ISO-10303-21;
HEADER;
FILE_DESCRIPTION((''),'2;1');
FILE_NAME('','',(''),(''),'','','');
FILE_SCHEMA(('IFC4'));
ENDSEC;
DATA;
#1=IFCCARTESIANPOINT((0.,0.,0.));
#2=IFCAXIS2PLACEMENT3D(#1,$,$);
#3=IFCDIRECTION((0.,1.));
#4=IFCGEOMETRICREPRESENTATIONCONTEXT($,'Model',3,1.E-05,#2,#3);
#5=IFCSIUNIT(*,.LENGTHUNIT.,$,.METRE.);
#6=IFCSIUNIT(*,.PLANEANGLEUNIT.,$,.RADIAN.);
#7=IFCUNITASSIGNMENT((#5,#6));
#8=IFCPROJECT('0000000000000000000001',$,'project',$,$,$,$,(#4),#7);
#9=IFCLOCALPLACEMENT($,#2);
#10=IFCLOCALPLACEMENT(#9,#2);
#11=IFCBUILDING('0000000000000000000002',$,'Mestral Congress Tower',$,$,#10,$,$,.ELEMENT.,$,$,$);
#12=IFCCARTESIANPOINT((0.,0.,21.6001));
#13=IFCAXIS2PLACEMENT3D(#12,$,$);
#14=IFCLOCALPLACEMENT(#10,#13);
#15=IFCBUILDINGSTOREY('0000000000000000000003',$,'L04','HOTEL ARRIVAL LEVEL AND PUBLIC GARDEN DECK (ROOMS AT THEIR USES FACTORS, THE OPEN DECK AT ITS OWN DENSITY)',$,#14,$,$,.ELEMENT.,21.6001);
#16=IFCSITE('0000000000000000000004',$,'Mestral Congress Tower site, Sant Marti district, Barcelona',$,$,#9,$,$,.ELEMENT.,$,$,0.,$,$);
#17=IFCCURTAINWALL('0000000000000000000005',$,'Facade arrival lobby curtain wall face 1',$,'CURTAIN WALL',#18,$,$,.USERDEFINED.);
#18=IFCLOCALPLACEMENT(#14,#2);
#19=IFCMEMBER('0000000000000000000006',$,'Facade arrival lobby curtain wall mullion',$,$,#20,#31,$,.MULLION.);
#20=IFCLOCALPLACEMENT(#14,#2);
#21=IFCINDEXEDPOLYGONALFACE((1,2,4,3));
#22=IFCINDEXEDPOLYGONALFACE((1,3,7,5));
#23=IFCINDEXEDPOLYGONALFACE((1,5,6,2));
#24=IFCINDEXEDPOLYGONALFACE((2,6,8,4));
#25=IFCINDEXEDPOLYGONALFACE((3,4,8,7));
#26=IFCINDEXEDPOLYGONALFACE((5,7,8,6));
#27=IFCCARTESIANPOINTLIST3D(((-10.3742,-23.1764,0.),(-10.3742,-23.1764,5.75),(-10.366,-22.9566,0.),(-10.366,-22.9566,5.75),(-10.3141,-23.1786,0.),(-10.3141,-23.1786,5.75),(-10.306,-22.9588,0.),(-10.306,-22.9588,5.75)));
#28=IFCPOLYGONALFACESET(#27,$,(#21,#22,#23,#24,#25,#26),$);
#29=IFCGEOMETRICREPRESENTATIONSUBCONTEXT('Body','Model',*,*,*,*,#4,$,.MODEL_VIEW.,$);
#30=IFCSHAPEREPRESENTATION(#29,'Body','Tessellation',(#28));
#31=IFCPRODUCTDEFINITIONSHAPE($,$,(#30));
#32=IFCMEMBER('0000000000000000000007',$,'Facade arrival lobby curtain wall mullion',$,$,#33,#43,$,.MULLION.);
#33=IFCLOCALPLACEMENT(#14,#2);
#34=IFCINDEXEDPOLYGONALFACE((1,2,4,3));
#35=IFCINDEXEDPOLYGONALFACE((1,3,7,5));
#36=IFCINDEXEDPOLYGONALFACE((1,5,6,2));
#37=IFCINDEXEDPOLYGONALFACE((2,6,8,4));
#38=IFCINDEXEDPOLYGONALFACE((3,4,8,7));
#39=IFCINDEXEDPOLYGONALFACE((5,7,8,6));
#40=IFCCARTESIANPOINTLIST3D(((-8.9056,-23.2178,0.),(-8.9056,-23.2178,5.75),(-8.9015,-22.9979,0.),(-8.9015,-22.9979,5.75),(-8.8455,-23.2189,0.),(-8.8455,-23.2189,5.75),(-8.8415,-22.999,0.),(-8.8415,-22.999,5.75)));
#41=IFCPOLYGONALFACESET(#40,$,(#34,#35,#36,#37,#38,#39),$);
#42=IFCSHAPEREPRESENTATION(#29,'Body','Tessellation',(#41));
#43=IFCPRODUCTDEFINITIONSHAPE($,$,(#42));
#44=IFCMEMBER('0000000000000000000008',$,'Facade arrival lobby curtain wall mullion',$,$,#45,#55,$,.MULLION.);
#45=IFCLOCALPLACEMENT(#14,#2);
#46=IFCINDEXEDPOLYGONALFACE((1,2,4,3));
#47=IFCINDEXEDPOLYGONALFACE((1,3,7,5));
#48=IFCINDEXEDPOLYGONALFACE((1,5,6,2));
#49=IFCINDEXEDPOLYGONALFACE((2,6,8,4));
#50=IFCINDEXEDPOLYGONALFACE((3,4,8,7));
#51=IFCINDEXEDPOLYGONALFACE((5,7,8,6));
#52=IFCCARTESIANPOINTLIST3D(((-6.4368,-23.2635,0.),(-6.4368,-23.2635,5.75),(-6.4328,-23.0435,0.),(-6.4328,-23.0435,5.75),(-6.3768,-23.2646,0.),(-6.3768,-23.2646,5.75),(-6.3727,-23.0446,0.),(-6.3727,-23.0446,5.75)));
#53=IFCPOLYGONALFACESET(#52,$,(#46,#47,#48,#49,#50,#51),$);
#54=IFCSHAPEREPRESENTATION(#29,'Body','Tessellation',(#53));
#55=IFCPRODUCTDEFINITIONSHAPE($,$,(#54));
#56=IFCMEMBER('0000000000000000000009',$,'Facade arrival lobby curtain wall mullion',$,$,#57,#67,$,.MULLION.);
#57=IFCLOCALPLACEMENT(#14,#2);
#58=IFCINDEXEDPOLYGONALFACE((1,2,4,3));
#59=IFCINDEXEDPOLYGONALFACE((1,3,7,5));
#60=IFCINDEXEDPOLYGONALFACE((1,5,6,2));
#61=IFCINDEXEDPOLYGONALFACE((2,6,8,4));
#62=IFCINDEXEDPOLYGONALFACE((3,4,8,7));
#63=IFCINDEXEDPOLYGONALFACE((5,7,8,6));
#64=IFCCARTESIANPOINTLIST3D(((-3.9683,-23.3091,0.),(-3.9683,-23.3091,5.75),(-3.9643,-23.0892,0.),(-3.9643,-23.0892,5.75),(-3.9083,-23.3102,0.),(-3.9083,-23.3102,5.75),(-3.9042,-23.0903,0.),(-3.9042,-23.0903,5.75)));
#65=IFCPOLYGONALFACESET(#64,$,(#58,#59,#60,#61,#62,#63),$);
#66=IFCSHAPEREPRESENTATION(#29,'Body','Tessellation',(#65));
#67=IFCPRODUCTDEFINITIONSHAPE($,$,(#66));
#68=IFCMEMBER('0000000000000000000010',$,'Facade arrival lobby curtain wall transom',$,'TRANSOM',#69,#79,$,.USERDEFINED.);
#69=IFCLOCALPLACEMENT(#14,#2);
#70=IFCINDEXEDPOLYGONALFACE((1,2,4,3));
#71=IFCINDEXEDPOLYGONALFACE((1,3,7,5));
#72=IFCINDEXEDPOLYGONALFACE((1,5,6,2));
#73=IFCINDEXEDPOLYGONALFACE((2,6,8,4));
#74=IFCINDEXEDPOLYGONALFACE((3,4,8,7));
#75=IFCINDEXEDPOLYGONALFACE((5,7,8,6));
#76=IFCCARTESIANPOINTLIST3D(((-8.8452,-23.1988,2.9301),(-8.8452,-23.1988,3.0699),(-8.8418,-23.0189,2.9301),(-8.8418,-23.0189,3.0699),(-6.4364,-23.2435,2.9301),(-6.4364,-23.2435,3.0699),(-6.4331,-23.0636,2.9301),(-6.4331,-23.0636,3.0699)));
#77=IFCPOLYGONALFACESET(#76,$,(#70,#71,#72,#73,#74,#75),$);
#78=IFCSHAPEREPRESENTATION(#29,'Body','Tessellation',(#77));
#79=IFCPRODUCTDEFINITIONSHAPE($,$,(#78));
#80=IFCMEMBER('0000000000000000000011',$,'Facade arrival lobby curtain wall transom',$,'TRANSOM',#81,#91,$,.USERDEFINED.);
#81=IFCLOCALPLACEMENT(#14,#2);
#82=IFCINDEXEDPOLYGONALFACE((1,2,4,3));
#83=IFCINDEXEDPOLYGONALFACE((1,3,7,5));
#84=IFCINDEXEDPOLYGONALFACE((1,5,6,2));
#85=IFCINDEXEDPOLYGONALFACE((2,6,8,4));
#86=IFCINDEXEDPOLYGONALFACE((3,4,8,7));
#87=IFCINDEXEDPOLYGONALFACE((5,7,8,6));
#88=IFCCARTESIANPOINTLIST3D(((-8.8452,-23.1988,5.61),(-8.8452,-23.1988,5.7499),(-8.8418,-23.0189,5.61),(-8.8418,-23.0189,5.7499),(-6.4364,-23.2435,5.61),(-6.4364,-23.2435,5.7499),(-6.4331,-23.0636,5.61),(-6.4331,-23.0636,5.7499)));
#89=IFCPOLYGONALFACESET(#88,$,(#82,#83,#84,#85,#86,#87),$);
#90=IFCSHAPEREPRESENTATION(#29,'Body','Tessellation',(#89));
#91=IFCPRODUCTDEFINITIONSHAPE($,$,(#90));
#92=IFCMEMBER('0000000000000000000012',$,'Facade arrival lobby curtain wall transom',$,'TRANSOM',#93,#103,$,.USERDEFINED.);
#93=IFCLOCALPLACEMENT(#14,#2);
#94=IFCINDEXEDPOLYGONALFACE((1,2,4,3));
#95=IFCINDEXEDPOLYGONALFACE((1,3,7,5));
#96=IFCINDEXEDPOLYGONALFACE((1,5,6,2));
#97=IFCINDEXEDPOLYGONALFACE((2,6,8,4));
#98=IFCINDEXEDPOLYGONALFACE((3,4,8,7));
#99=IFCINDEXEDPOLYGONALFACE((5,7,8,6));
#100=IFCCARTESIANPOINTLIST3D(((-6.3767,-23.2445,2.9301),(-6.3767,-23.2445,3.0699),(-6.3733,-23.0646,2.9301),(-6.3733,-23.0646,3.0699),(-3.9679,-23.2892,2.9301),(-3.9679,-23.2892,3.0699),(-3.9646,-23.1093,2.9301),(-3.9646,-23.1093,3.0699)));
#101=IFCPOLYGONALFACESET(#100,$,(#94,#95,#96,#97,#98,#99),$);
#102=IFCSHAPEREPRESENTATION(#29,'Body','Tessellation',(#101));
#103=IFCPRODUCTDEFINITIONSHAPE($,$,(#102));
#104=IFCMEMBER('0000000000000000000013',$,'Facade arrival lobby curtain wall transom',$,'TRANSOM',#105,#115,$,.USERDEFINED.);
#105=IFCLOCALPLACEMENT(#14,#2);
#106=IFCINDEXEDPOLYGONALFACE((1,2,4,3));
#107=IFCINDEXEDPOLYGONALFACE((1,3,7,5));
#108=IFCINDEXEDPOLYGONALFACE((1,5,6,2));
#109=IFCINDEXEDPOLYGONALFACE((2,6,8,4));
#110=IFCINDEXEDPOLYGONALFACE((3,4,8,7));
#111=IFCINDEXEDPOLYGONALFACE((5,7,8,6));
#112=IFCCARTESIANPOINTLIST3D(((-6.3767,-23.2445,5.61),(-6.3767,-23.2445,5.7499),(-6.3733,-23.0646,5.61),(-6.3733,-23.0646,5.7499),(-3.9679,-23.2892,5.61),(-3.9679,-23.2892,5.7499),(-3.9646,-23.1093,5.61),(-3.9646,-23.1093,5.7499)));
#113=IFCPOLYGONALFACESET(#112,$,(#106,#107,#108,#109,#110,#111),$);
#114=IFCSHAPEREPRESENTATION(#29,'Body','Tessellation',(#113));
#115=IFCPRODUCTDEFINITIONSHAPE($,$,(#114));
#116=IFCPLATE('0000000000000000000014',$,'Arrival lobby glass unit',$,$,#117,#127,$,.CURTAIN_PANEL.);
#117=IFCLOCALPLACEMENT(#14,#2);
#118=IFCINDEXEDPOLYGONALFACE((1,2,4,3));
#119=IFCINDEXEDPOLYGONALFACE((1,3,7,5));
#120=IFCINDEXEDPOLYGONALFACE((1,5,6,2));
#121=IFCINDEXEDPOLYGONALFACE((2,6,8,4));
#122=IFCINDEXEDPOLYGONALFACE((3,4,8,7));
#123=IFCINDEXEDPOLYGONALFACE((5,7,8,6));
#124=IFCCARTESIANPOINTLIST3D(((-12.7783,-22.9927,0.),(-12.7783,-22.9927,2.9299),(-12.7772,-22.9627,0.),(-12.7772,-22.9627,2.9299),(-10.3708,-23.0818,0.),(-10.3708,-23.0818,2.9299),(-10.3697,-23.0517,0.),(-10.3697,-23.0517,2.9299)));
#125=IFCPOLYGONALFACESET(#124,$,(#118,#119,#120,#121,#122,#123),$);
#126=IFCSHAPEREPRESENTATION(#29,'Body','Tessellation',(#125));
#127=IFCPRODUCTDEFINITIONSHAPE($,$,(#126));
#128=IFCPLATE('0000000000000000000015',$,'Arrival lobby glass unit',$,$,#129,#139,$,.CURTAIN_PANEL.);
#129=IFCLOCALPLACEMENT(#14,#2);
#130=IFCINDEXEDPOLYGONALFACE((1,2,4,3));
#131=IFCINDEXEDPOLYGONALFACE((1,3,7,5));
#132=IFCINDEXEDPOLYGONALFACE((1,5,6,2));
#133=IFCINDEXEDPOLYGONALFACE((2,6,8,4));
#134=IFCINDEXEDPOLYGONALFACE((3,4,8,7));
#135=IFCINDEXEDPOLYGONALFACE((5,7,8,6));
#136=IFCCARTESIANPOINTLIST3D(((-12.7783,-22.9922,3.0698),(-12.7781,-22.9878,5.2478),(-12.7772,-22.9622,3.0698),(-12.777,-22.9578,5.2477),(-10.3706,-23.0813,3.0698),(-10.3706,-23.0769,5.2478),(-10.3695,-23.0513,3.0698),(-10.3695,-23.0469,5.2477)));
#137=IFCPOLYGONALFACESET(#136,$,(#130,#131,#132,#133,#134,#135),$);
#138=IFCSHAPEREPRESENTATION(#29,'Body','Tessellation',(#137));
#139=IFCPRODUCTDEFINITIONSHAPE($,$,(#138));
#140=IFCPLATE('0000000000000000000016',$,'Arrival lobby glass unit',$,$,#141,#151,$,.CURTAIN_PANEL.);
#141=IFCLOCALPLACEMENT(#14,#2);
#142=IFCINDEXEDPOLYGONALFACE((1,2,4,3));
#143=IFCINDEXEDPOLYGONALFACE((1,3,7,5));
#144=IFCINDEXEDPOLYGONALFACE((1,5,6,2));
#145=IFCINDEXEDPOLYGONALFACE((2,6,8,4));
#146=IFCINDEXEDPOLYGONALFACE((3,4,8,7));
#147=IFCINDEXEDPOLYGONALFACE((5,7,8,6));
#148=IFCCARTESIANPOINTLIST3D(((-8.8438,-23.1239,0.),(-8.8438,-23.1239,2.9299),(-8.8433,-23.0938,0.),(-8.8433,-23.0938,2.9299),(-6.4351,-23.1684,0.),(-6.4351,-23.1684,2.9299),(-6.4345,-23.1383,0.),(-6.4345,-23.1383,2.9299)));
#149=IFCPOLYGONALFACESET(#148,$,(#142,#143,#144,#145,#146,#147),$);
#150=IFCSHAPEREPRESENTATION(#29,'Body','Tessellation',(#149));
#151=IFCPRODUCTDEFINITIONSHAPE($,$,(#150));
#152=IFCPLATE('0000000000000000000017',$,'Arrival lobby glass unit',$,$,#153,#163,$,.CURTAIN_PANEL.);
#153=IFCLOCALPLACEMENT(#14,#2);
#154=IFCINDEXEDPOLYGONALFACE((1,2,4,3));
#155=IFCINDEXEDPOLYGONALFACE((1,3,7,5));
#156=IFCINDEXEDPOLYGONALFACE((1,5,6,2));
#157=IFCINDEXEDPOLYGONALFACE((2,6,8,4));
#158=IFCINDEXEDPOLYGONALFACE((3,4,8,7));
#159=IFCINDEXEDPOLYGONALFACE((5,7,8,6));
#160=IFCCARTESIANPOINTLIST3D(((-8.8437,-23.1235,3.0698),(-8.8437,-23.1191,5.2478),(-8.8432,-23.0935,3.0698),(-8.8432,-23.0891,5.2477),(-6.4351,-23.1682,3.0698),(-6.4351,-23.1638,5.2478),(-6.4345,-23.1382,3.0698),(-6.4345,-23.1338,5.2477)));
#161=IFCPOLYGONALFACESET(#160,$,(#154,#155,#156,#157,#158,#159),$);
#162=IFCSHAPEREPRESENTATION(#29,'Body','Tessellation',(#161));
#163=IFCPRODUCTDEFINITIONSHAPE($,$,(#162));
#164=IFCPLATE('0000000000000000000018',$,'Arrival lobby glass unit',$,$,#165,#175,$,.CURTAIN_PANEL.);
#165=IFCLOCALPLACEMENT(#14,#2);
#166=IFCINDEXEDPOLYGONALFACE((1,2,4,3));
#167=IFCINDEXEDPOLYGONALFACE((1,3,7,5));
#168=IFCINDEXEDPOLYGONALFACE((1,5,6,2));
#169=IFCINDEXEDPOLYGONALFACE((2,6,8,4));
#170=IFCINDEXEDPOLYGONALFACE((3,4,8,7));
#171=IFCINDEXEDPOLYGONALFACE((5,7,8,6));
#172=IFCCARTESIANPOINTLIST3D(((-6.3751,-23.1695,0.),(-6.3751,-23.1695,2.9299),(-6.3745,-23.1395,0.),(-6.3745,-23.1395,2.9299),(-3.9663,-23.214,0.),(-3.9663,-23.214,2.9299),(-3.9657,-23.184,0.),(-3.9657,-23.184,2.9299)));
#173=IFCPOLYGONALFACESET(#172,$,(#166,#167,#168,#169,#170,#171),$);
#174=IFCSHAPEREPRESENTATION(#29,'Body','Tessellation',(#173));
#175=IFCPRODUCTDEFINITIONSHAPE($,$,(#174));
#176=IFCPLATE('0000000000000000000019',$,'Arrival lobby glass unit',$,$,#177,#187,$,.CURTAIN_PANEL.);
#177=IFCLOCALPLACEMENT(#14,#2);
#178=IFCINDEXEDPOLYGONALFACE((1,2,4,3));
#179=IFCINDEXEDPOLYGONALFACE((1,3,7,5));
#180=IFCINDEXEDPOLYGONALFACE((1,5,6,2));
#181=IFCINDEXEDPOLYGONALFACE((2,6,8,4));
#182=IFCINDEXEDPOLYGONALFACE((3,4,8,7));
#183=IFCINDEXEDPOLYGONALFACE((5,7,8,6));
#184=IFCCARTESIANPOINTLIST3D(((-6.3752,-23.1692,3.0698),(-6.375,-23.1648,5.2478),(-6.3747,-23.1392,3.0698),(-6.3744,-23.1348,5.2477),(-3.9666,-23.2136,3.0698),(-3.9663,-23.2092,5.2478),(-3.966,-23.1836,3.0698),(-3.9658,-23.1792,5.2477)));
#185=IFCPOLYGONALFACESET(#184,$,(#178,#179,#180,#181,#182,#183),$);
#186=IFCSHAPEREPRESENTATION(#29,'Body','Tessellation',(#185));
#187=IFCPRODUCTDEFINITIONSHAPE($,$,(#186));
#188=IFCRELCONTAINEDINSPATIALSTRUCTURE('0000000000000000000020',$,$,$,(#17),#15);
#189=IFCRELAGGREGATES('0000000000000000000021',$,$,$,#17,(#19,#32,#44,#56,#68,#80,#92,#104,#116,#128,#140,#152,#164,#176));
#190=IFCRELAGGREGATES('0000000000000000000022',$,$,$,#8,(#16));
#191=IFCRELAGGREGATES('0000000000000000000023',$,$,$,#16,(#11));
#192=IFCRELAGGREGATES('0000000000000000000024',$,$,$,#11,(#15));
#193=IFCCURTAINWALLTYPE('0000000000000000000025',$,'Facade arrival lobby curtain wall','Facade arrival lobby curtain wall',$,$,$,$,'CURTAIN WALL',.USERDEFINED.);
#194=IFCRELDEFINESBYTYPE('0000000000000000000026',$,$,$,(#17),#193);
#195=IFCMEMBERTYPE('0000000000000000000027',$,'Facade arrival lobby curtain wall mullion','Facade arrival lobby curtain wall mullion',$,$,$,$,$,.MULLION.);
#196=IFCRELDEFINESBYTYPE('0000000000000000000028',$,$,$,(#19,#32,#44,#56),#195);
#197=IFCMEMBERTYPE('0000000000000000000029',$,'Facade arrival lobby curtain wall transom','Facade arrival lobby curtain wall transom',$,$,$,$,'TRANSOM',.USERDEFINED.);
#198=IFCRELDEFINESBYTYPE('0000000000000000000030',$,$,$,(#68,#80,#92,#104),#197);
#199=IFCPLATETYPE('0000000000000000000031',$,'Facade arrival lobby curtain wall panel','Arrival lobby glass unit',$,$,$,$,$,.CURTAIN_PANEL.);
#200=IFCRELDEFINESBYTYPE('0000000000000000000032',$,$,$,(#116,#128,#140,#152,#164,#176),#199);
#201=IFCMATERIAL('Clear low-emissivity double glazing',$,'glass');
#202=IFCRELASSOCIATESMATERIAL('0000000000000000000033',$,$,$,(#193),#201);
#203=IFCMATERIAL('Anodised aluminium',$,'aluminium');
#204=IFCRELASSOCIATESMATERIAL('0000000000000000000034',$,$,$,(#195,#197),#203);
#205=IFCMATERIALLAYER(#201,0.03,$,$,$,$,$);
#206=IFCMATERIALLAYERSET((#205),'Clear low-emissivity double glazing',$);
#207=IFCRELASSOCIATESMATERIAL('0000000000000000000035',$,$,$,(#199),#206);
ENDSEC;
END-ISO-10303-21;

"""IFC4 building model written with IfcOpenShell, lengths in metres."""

from ifc_helpers import new_model, si_unit, direction, frame, origin, origin_2d, place, context, subcontext, project, spatial, polyline, rectangle, outline, extrude, material, layer, layer_set, material_profile, profile_set, type_object, element, aggregate, save


model = new_model("IFC4")

# Units and contexts
model_context = context("Model", 3, precision=1e-05, world=origin(), true_north=direction((0.0, 1.0)))
body_context = subcontext(model_context, "Body", "Model", "MODEL_VIEW")
ifc_project = project(units=[si_unit("LENGTHUNIT", "METRE"), si_unit("PLANEANGLEUNIT", "RADIAN")], contexts=[model_context])

# Site, building, storey
site_placement = place(None, origin())
site = spatial("IfcSite", under=ifc_project, at=site_placement, Name="Mestral Congress Tower site, Sant Marti district, Barcelona", CompositionType="ELEMENT", RefElevation=0.0)
building_placement = place(site_placement, origin())
building = spatial("IfcBuilding", under=site, at=building_placement, Name="Mestral Congress Tower", CompositionType="ELEMENT")
storey_placement = place(building_placement, frame((0.0, 0.0, 21.6001)))
storey = spatial("IfcBuildingStorey", under=building, at=storey_placement, Name="L04", Description="HOTEL ARRIVAL LEVEL AND PUBLIC GARDEN DECK (ROOMS AT THEIR USES FACTORS, THE OPEN DECK AT ITS OWN DENSITY)", CompositionType="ELEMENT", Elevation=21.6001)

# Curtain wall, members, plates
ifc_material_1 = material(Name="Clear low-emissivity double glazing", Category="glass")
curtain_wall_type = type_object("IfcCurtainWallType", Name="Facade arrival lobby curtain wall", Description="Facade arrival lobby curtain wall", ElementType="CURTAIN WALL", PredefinedType="USERDEFINED", material=ifc_material_1)
curtain_wall_placement = place(storey_placement, origin())
curtain_wall = element("IfcCurtainWall", 1, at=curtain_wall_placement, inside=storey, type_object=curtain_wall_type, Name="Facade arrival lobby curtain wall face 1", ObjectType="CURTAIN WALL", PredefinedType="USERDEFINED")
ifc_material_2 = material(Name="Anodised aluminium", Category="aluminium")
ifc_material_profile_1 = material_profile(ifc_material_2, rectangle(XDim=0.22, YDim=0.0601, at=origin_2d()), Name="CW4 mullion 220 x 60")
ifc_profile_set_1 = profile_set([ifc_material_profile_1], Name="Anodised aluminium")
member_type_1 = type_object("IfcMemberType", Name="Facade arrival lobby curtain wall mullion", Description="Facade arrival lobby curtain wall mullion", PredefinedType="MULLION", material=ifc_profile_set_1)
member_1_placement = place(storey_placement, frame((-10.3401, -23.0676, 0.0), z_axis=(0.0, 0.0, 1.0), x_axis=(-0.036968, -0.999316, 0.0)))
member_1 = element("IfcMember", 2, at=member_1_placement, type_object=member_type_1, Name="Facade arrival lobby curtain wall mullion", PredefinedType="MULLION", context=body_context, shape_type="SweptSolid", body=[
    extrude(rectangle(XDim=0.22, YDim=0.0601, at=origin_2d()), origin(), (0.0, 0.0, 1.0), 5.75),
])
member_2_placement = place(storey_placement, frame((-8.8735, -23.1084, 0.0), z_axis=(0.0, 0.0, 1.0), x_axis=(-0.018477, -0.999829, 0.0)))
member_2 = element("IfcMember", 3, at=member_2_placement, type_object=member_type_1, Name="Facade arrival lobby curtain wall mullion", PredefinedType="MULLION", context=body_context, shape_type="SweptSolid", body=[
    extrude(rectangle(XDim=0.22, YDim=0.0601, at=origin_2d()), origin(), (0.0, 0.0, 1.0), 5.75),
])
member_3_placement = place(storey_placement, frame((-6.4048, -23.1541, 0.0), z_axis=(0.0, 0.0, 1.0), x_axis=(-0.018477, -0.999829, 0.0)))
member_3 = element("IfcMember", 4, at=member_3_placement, type_object=member_type_1, Name="Facade arrival lobby curtain wall mullion", PredefinedType="MULLION", context=body_context, shape_type="SweptSolid", body=[
    extrude(rectangle(XDim=0.22, YDim=0.0601, at=origin_2d()), origin(), (0.0, 0.0, 1.0), 5.75),
])
member_4_placement = place(storey_placement, frame((-3.9363, -23.1997, 0.0), z_axis=(0.0, 0.0, 1.0), x_axis=(-0.018477, -0.999829, 0.0)))
member_4 = element("IfcMember", 5, at=member_4_placement, type_object=member_type_1, Name="Facade arrival lobby curtain wall mullion", PredefinedType="MULLION", context=body_context, shape_type="SweptSolid", body=[
    extrude(rectangle(XDim=0.22, YDim=0.0601, at=origin_2d()), origin(), (0.0, 0.0, 1.0), 5.75),
])
ifc_material_profile_2 = material_profile(ifc_material_2, rectangle(XDim=0.1799, YDim=0.1399, at=origin_2d()), Name="CW4 transom 180 x 140")
ifc_profile_set_2 = profile_set([ifc_material_profile_2], Name="Anodised aluminium")
member_type_2 = type_object("IfcMemberType", Name="Facade arrival lobby curtain wall transom", Description="Facade arrival lobby curtain wall transom", ElementType="TRANSOM", PredefinedType="USERDEFINED", material=ifc_profile_set_2)
member_5_placement = place(storey_placement, frame((-8.8435, -23.1089, 3.0), z_axis=(0.999828, -0.018545, 0.0), x_axis=(0.018545, 0.999828, 0.0)))
member_5 = element("IfcMember", 6, at=member_5_placement, type_object=member_type_2, Name="Facade arrival lobby curtain wall transom", ObjectType="TRANSOM", PredefinedType="USERDEFINED", context=body_context, shape_type="SweptSolid", body=[
    extrude(rectangle(XDim=0.1799, YDim=0.1399, at=origin_2d()), origin(), (0.0, 0.0, 1.0), 2.4092),
])
member_6_placement = place(storey_placement, frame((-8.8435, -23.1089, 5.6799), z_axis=(0.999828, -0.018545, 0.0), x_axis=(0.018545, 0.999828, 0.0)))
member_6 = element("IfcMember", 7, at=member_6_placement, type_object=member_type_2, Name="Facade arrival lobby curtain wall transom", ObjectType="TRANSOM", PredefinedType="USERDEFINED", context=body_context, shape_type="SweptSolid", body=[
    extrude(rectangle(XDim=0.1799, YDim=0.1399, at=origin_2d()), origin(), (0.0, 0.0, 1.0), 2.4092),
])
member_7_placement = place(storey_placement, frame((-6.375, -23.1545, 3.0), z_axis=(0.999828, -0.018545, 0.0), x_axis=(0.018545, 0.999828, 0.0)))
member_7 = element("IfcMember", 8, at=member_7_placement, type_object=member_type_2, Name="Facade arrival lobby curtain wall transom", ObjectType="TRANSOM", PredefinedType="USERDEFINED", context=body_context, shape_type="SweptSolid", body=[
    extrude(rectangle(XDim=0.1799, YDim=0.1399, at=origin_2d()), origin(), (0.0, 0.0, 1.0), 2.4092),
])
member_8_placement = place(storey_placement, frame((-6.375, -23.1545, 5.6799), z_axis=(0.999828, -0.018545, 0.0), x_axis=(0.018545, 0.999828, 0.0)))
member_8 = element("IfcMember", 9, at=member_8_placement, type_object=member_type_2, Name="Facade arrival lobby curtain wall transom", ObjectType="TRANSOM", PredefinedType="USERDEFINED", context=body_context, shape_type="SweptSolid", body=[
    extrude(rectangle(XDim=0.1799, YDim=0.1399, at=origin_2d()), origin(), (0.0, 0.0, 1.0), 2.4092),
])
ifc_layer = layer(ifc_material_1, 0.03)
ifc_layer_set = layer_set([ifc_layer], Name="Clear low-emissivity double glazing")
plate_type = type_object("IfcPlateType", Name="Facade arrival lobby curtain wall panel", Description="Arrival lobby glass unit", PredefinedType="CURTAIN_PANEL", material=ifc_layer_set)
plate_1_placement = place(storey_placement, frame((-11.574, -23.0222, 0.0), z_axis=(0.0, 0.0, 1.0), x_axis=(0.999316, -0.036968, 0.0)))
plate_1 = element("IfcPlate", 10, at=plate_1_placement, type_object=plate_type, Name="Arrival lobby glass unit", PredefinedType="CURTAIN_PANEL", context=body_context, shape_type="SweptSolid", body=[
    extrude(rectangle(XDim=2.4092, YDim=0.03, at=origin_2d()), origin(), (0.0, 0.0, 1.0), 2.9299),
])
plate_2_placement = place(storey_placement, frame((-10.3706, -23.0813, 3.0698), z_axis=(-0.036987, -0.999314, 0.002018), x_axis=(-0.999316, 0.036987, 0.0)))
plate_2 = element("IfcPlate", 11, at=plate_2_placement, type_object=plate_type, Name="Arrival lobby glass unit", PredefinedType="CURTAIN_PANEL", context=body_context, shape_type="SweptSolid", body=[
    extrude(outline(polyline([(0.0, 0.0), (2.4094, 0.0), (2.4093, -2.178), (0.0002, -2.178), (0.0, 0.0)])), origin(), (0.0, 0.0, -1.0), 0.03),
])
plate_3_placement = place(storey_placement, frame((-7.6392, -23.1311, 0.0), z_axis=(0.0, 0.0, 1.0), x_axis=(0.999829, -0.018477, 0.0)))
plate_3 = element("IfcPlate", 12, at=plate_3_placement, type_object=plate_type, Name="Arrival lobby glass unit", PredefinedType="CURTAIN_PANEL", context=body_context, shape_type="SweptSolid", body=[
    extrude(rectangle(XDim=2.4092, YDim=0.03, at=origin_2d()), origin(), (0.0, 0.0, 1.0), 2.9299),
])
plate_4_placement = place(storey_placement, frame((-6.4351, -23.1682, 3.0698), z_axis=(-0.018545, -0.999826, 0.002017), x_axis=(-0.999828, 0.018545, 0.0)))
plate_4 = element("IfcPlate", 13, at=plate_4_placement, type_object=plate_type, Name="Arrival lobby glass unit", PredefinedType="CURTAIN_PANEL", context=body_context, shape_type="SweptSolid", body=[
    extrude(outline(polyline([(0.0, 0.0), (2.4091, 0.0), (2.4092, -2.178), (0.0001, -2.178), (0.0, 0.0)])), origin(), (0.0, 0.0, -1.0), 0.03),
])
plate_5_placement = place(storey_placement, frame((-5.1704, -23.1768, 0.0), z_axis=(0.0, 0.0, 1.0), x_axis=(0.999829, -0.018477, 0.0)))
plate_5 = element("IfcPlate", 14, at=plate_5_placement, type_object=plate_type, Name="Arrival lobby glass unit", PredefinedType="CURTAIN_PANEL", context=body_context, shape_type="SweptSolid", body=[
    extrude(rectangle(XDim=2.4092, YDim=0.03, at=origin_2d()), origin(), (0.0, 0.0, 1.0), 2.9299),
])
plate_6_placement = place(storey_placement, frame((-3.9666, -23.2136, 3.0698), z_axis=(-0.018444, -0.999828, 0.002019), x_axis=(-0.99983, 0.018444, 0.0)))
plate_6 = element("IfcPlate", 15, at=plate_6_placement, type_object=plate_type, Name="Arrival lobby glass unit", PredefinedType="CURTAIN_PANEL", context=body_context, shape_type="SweptSolid", body=[
    extrude(outline(polyline([(0.0, 0.0), (2.4091, 0.0), (2.4089, -2.178), (-0.0002, -2.178), (0.0, 0.0)])), origin(), (0.0, 0.0, -1.0), 0.03),
])
aggregate(curtain_wall, [member_1, member_2, member_3, member_4, member_5, member_6, member_7, member_8, plate_1, plate_2, plate_3, plate_4, plate_5, plate_6])

save(model, "model.ifc")
